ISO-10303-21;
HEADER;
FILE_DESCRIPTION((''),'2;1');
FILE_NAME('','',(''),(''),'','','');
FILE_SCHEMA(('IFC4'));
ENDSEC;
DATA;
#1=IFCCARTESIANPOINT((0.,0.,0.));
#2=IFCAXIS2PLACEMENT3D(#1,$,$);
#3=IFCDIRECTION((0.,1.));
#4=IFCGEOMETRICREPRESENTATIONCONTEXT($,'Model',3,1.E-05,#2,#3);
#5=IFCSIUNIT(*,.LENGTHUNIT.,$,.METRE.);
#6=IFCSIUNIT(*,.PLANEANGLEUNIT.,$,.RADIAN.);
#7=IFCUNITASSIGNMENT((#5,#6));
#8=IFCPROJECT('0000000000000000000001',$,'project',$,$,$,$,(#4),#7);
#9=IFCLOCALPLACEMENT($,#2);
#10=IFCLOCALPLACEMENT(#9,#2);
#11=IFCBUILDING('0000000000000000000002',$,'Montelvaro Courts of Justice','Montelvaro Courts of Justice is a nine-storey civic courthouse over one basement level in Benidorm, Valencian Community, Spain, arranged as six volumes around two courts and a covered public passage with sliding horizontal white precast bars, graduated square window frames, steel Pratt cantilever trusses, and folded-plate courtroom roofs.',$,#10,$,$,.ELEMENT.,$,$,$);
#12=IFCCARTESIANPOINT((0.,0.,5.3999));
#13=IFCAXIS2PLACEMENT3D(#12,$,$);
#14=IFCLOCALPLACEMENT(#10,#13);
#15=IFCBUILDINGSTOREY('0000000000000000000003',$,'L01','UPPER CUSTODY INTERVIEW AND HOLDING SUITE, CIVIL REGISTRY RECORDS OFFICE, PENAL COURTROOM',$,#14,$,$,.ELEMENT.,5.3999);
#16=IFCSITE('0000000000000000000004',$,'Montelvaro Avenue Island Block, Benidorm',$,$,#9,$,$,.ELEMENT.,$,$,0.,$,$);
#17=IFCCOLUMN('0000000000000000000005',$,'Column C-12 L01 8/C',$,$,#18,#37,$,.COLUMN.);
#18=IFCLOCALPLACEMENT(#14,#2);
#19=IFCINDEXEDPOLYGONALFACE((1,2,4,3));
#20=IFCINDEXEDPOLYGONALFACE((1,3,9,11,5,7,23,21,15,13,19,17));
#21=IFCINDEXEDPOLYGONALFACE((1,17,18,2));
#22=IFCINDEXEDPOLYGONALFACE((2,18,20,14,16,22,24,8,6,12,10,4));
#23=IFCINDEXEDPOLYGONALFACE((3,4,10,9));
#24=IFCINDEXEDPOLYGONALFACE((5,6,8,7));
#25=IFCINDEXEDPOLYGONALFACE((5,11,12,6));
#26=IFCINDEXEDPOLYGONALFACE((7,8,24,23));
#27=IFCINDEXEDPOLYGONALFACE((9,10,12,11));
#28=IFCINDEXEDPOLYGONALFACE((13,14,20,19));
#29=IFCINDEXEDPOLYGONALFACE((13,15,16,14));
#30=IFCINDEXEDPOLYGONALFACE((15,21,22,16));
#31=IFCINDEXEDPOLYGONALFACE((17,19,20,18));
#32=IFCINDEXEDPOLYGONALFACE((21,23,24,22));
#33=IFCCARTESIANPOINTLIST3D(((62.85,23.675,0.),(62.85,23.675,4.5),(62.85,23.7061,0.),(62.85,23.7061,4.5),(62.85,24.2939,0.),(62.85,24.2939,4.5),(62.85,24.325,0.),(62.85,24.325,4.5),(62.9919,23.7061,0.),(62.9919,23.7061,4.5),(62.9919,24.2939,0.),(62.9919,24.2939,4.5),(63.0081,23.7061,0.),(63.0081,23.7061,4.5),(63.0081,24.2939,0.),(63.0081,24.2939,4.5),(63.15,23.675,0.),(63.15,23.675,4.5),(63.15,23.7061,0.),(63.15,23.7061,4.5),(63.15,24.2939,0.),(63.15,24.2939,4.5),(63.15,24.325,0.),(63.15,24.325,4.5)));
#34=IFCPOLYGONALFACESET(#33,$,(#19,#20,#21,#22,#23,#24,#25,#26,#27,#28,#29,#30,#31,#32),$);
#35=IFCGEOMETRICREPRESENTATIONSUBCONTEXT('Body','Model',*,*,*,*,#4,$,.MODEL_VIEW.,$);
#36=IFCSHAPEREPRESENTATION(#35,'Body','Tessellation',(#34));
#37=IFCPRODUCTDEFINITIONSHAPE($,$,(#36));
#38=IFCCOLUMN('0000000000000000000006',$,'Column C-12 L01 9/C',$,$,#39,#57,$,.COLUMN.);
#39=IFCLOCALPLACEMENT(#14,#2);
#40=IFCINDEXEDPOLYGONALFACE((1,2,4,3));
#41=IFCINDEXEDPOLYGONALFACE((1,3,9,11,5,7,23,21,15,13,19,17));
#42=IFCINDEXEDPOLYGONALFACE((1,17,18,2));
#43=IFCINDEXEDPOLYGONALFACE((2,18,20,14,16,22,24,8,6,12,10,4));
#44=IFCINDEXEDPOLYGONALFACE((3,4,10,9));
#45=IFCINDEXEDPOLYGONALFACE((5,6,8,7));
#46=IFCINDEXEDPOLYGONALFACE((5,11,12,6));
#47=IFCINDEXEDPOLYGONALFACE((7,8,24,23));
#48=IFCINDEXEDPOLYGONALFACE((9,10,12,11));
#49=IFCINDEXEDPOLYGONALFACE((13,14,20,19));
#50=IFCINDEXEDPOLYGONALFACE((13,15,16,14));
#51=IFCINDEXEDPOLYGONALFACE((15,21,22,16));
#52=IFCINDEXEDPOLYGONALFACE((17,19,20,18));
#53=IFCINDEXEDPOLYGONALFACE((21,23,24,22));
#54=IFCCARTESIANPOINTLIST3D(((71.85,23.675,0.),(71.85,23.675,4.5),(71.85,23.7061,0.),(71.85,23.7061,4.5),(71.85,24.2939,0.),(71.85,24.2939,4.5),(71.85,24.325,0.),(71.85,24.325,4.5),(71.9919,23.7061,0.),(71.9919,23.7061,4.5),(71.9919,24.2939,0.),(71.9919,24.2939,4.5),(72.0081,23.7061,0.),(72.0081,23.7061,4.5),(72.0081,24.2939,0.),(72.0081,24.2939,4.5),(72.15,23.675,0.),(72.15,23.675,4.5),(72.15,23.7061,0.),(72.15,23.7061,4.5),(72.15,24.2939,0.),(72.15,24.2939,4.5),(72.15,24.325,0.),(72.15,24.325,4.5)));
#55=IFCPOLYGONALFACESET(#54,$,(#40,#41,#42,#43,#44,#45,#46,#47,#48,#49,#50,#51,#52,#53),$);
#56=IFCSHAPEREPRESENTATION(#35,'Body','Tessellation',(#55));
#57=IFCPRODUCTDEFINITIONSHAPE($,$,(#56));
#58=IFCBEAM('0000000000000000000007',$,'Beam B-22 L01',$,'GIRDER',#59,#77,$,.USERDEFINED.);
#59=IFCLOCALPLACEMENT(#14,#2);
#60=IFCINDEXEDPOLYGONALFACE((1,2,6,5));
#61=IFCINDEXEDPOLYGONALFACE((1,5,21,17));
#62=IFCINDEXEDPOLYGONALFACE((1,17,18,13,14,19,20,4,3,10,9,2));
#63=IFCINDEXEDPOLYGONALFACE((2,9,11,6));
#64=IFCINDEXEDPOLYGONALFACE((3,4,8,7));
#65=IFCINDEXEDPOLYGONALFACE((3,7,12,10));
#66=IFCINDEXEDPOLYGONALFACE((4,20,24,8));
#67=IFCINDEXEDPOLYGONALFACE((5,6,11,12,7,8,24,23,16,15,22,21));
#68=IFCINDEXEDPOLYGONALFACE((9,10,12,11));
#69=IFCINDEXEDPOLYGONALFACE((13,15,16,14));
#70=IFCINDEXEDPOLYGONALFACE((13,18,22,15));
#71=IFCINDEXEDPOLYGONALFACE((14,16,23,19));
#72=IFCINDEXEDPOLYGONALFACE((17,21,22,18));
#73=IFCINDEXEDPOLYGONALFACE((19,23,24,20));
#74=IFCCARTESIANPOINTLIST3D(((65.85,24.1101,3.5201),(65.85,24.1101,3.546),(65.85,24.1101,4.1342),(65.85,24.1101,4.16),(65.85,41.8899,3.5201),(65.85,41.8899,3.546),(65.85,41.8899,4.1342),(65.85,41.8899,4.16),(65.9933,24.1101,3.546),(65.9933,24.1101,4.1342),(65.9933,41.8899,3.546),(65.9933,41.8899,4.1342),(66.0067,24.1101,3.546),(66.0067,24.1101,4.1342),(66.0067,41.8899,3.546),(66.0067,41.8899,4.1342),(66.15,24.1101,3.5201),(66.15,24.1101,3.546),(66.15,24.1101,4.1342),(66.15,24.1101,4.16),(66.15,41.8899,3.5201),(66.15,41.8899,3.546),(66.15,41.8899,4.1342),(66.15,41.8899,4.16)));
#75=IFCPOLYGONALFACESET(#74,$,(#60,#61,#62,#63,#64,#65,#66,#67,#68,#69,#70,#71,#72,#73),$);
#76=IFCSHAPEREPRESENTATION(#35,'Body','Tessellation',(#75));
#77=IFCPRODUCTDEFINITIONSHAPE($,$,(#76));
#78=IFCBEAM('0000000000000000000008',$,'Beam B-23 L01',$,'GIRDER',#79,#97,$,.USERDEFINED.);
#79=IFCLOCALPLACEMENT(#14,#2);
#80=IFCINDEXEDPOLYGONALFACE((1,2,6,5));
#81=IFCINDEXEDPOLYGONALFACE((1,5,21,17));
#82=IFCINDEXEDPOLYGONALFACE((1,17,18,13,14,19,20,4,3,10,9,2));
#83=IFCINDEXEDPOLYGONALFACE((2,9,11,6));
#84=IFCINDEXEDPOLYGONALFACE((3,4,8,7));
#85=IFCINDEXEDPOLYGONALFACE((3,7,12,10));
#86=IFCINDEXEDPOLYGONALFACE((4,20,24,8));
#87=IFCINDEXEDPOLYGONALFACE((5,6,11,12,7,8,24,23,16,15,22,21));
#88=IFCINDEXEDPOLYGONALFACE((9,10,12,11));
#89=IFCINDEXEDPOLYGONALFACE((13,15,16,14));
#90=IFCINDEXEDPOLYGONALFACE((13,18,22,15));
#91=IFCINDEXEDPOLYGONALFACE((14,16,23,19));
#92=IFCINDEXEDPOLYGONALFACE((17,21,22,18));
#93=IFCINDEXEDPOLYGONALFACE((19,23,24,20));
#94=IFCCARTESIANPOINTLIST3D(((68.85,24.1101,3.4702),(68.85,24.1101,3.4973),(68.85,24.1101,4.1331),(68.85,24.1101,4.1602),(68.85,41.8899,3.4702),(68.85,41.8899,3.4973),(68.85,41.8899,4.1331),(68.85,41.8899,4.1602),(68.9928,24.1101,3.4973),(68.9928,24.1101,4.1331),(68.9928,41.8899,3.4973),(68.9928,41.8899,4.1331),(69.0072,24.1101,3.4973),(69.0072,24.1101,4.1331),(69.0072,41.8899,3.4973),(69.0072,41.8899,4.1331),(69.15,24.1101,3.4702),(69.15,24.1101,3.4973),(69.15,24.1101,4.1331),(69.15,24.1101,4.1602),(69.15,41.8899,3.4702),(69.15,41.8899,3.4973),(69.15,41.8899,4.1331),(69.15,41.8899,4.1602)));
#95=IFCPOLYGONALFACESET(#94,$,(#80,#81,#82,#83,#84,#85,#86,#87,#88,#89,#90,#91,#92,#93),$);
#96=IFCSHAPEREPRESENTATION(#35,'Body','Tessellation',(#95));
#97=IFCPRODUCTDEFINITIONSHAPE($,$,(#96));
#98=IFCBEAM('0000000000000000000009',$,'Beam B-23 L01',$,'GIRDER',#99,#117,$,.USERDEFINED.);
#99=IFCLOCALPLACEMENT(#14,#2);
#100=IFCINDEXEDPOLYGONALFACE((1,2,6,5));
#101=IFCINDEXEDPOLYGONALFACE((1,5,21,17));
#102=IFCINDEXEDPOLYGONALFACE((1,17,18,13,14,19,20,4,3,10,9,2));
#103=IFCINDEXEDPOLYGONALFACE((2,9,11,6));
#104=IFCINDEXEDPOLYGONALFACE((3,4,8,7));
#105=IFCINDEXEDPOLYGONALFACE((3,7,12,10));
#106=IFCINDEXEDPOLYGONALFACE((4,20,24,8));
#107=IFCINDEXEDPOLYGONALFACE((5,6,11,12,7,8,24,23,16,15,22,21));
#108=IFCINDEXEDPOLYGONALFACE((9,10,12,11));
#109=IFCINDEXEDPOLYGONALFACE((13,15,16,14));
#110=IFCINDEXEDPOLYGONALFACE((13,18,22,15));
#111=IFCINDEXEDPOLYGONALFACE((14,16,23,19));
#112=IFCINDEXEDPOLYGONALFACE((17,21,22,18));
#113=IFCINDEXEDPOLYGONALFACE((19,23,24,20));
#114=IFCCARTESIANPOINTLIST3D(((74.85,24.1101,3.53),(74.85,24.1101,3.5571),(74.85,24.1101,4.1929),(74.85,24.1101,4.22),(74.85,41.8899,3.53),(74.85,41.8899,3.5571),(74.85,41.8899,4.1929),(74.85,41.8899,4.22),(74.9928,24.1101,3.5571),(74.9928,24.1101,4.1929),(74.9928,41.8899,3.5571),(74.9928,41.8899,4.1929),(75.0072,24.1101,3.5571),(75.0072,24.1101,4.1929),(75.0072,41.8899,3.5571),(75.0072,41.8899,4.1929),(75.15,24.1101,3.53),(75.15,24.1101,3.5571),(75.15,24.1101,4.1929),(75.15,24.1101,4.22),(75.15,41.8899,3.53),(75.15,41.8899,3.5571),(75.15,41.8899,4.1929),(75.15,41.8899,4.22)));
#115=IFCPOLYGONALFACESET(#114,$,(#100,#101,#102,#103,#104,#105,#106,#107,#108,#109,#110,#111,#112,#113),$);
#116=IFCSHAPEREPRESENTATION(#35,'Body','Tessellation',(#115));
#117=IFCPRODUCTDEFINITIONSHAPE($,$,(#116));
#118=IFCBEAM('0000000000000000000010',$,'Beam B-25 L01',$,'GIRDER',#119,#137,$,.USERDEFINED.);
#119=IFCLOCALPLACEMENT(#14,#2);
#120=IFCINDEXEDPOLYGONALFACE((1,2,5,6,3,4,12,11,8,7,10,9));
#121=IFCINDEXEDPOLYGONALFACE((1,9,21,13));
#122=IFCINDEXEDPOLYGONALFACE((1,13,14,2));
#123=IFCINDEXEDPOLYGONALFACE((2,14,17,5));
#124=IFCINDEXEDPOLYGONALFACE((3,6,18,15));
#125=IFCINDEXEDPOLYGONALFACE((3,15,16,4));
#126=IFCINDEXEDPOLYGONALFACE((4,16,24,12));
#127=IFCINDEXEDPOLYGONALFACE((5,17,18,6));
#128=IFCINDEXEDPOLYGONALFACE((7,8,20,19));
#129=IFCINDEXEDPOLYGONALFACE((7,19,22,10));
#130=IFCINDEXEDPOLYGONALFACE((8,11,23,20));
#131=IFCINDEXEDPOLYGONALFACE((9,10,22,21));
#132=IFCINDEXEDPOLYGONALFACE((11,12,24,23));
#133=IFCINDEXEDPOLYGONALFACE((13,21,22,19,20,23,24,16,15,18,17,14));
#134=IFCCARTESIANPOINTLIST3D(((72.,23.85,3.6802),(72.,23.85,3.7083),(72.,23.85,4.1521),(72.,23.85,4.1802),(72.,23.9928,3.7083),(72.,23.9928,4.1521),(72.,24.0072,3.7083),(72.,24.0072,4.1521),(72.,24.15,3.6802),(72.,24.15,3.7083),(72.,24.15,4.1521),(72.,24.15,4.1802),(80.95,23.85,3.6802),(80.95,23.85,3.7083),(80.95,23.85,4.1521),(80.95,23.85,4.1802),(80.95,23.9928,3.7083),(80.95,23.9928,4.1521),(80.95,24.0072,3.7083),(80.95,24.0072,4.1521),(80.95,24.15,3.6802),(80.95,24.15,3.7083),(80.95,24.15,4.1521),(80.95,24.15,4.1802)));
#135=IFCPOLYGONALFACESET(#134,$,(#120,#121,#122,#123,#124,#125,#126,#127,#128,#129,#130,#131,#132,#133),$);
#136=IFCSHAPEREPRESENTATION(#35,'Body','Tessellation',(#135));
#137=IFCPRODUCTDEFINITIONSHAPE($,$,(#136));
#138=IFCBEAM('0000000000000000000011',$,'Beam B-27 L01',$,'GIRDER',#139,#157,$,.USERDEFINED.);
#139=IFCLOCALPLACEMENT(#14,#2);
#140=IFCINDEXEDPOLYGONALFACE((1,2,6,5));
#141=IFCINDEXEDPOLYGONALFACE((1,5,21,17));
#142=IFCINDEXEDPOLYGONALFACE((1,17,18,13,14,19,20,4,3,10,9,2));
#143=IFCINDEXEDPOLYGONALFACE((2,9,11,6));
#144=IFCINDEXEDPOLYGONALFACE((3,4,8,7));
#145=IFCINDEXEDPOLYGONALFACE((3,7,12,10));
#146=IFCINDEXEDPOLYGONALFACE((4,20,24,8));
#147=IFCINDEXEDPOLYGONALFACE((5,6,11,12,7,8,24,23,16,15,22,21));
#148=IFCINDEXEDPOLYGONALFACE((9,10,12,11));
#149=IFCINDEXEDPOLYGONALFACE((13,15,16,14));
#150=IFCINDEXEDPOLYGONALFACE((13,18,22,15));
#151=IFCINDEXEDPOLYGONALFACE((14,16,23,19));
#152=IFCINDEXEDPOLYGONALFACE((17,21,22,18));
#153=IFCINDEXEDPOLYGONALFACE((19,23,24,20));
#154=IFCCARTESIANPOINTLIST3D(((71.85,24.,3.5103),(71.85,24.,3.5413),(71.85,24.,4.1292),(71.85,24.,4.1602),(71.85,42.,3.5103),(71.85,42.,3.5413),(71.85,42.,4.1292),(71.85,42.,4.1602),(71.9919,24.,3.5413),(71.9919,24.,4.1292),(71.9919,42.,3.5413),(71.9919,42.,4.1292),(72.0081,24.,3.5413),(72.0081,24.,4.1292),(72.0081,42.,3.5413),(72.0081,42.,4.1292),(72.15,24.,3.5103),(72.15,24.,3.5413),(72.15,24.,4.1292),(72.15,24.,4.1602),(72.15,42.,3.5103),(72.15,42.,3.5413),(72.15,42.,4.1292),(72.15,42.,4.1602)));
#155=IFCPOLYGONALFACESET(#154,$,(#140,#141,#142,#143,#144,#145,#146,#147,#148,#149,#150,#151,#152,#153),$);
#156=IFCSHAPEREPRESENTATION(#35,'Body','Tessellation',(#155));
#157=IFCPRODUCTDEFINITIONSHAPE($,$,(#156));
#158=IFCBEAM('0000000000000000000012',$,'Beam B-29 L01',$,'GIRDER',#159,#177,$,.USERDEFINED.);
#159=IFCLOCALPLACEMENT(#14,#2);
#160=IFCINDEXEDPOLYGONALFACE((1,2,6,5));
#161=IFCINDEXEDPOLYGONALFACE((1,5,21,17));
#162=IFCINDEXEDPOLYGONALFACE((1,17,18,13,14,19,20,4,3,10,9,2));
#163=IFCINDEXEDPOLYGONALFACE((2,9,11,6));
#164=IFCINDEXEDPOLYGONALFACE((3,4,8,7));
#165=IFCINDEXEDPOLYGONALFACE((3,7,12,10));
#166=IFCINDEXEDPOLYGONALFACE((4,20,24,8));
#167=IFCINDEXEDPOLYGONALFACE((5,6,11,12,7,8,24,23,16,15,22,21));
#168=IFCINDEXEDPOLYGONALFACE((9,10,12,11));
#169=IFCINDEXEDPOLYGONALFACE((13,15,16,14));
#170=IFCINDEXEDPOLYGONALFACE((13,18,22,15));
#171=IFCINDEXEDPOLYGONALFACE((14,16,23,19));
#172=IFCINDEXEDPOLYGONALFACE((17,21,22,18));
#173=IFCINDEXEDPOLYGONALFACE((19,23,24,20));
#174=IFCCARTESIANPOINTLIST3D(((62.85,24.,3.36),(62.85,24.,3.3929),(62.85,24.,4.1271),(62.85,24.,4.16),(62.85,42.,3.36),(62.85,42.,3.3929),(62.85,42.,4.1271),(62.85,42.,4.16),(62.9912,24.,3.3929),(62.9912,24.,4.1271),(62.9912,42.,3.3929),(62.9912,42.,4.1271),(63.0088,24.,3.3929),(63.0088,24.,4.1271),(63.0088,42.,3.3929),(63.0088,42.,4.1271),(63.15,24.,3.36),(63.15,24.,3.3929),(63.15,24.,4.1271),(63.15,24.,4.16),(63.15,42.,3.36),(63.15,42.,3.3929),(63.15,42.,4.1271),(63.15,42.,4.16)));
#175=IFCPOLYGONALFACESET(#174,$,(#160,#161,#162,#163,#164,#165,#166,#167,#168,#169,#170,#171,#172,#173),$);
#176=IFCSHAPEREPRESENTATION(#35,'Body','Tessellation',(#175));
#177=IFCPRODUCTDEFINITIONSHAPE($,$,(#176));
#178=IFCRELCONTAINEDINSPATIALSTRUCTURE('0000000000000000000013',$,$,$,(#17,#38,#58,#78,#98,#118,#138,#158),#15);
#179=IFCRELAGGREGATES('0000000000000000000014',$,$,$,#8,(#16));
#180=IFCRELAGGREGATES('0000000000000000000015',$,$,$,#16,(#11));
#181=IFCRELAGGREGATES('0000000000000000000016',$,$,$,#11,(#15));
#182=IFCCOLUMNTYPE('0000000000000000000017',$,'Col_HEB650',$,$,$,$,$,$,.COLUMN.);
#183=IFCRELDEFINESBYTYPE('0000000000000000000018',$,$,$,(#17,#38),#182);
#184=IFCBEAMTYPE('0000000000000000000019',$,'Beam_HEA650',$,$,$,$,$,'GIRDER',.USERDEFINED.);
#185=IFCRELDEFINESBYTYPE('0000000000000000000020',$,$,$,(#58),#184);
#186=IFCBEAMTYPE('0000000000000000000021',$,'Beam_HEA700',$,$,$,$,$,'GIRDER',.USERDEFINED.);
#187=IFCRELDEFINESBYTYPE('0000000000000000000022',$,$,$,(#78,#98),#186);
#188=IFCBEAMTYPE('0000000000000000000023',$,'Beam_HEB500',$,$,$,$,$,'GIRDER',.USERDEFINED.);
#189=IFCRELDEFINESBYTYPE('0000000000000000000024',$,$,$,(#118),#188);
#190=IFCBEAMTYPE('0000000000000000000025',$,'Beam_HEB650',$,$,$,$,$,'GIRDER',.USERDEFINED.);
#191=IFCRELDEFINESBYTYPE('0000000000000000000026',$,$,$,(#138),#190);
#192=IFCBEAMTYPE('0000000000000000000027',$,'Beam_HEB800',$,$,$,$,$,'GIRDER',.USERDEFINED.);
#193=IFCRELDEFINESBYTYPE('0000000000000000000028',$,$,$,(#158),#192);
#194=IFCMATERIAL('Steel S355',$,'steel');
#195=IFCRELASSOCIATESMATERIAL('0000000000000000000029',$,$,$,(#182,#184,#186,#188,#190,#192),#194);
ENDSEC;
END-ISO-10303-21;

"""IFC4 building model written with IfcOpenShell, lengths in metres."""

from ifc_helpers import new_model, si_unit, direction, frame, origin, origin_2d, place, context, subcontext, project, spatial, i_section, extrude, material, material_profile, profile_set, type_object, element, save


model = new_model("IFC4")

# Units and contexts
model_context = context("Model", 3, precision=1e-05, world=origin(), true_north=direction((0.0, 1.0)))
body_context = subcontext(model_context, "Body", "Model", "MODEL_VIEW")
ifc_project = project(units=[si_unit("LENGTHUNIT", "METRE"), si_unit("PLANEANGLEUNIT", "RADIAN")], contexts=[model_context])

# Site, building, storey
site_placement = place(None, origin())
site = spatial("IfcSite", under=ifc_project, at=site_placement, Name="Montelvaro Avenue Island Block, Benidorm", CompositionType="ELEMENT", RefElevation=0.0)
building_placement = place(site_placement, origin())
building = spatial("IfcBuilding", under=site, at=building_placement, Name="Montelvaro Courts of Justice", Description="Montelvaro Courts of Justice is a nine-storey civic courthouse over one basement level in Benidorm, Valencian Community, Spain, arranged as six volumes around two courts and a covered public passage with sliding horizontal white precast bars, graduated square window frames, steel Pratt cantilever trusses, and folded-plate courtroom roofs.", CompositionType="ELEMENT")
storey_placement = place(building_placement, frame((0.0, 0.0, 5.3999)))
storey = spatial("IfcBuildingStorey", under=building, at=storey_placement, Name="L01", Description="UPPER CUSTODY INTERVIEW AND HOLDING SUITE, CIVIL REGISTRY RECORDS OFFICE, PENAL COURTROOM", CompositionType="ELEMENT", Elevation=5.3999)

# Columns
ifc_material_1 = material(Name="Steel S355", Category="steel")
ifc_material_profile_1 = material_profile(ifc_material_1, i_section(OverallWidth=0.3, OverallDepth=0.6499, WebThickness=0.0161, FlangeThickness=0.031, at=origin_2d()), Name="HEB 650")
ifc_profile_set_1 = profile_set([ifc_material_profile_1], Name="Steel S355")
column_type = type_object("IfcColumnType", Name="Col_HEB650", PredefinedType="COLUMN", material=ifc_profile_set_1)
for number, where, z_axis, x_axis, name in (
    (1, (63.0, 24.0, 0.0), (0.0, 0.0, 1.0), (1.0, 0.0, 0.0), "Column C-12 L01 8/C"),
    (2, (72.0, 24.0, 0.0), (0.0, 0.0, 1.0), (1.0, 0.0, 0.0), "Column C-12 L01 9/C"),
):
    element("IfcColumn", number, at=place(storey_placement, frame(where, z_axis=z_axis, x_axis=x_axis)), inside=storey, type_object=column_type, Name=name, PredefinedType="COLUMN", context=body_context, shape_type="SweptSolid", body=[
        extrude(i_section(OverallWidth=0.3, OverallDepth=0.6499, WebThickness=0.0161, FlangeThickness=0.031, at=origin_2d()), origin(), (0.0, 0.0, 1.0), 4.5),
    ])

# Beams
ifc_material_profile_2 = material_profile(ifc_material_1, i_section(OverallWidth=0.3, OverallDepth=0.6399, WebThickness=0.0134, FlangeThickness=0.0259, at=origin_2d()), Name="HEA 650")
ifc_profile_set_2 = profile_set([ifc_material_profile_2], Name="Steel S355")
beam_type_1 = type_object("IfcBeamType", Name="Beam_HEA650", ElementType="GIRDER", PredefinedType="USERDEFINED", material=ifc_profile_set_2)
beam_1_placement = place(storey_placement, frame((66.0, 24.1101, 3.8401), z_axis=(0.0, 1.0, 0.0), x_axis=(-1.0, 0.0, 0.0)))
element("IfcBeam", 3, at=beam_1_placement, inside=storey, type_object=beam_type_1, Name="Beam B-22 L01", ObjectType="GIRDER", PredefinedType="USERDEFINED", context=body_context, shape_type="SweptSolid", body=[
    extrude(i_section(OverallWidth=0.3, OverallDepth=0.6399, WebThickness=0.0134, FlangeThickness=0.0259, at=origin_2d()), origin(), (0.0, 0.0, 1.0), 17.7798),
])
ifc_material_profile_3 = material_profile(ifc_material_1, i_section(OverallWidth=0.3, OverallDepth=0.6899, WebThickness=0.0144, FlangeThickness=0.0271, at=origin_2d()), Name="HEA 700")
ifc_profile_set_3 = profile_set([ifc_material_profile_3], Name="Steel S355")
beam_type_2 = type_object("IfcBeamType", Name="Beam_HEA700", ElementType="GIRDER", PredefinedType="USERDEFINED", material=ifc_profile_set_3)
for number, where, z_axis, x_axis, name in (
    (4, (69.0, 24.1101, 3.8152), (0.0, 1.0, 0.0), (-1.0, 0.0, 0.0), "Beam B-23 L01"),
    (5, (75.0, 24.1101, 3.875), (0.0, 1.0, 0.0), (-1.0, 0.0, 0.0), "Beam B-23 L01"),
):
    element("IfcBeam", number, at=place(storey_placement, frame(where, z_axis=z_axis, x_axis=x_axis)), inside=storey, type_object=beam_type_2, Name=name, ObjectType="GIRDER", PredefinedType="USERDEFINED", context=body_context, shape_type="SweptSolid", body=[
        extrude(i_section(OverallWidth=0.3, OverallDepth=0.6899, WebThickness=0.0144, FlangeThickness=0.0271, at=origin_2d()), origin(), (0.0, 0.0, 1.0), 17.7798),
    ])
ifc_material_profile_4 = material_profile(ifc_material_1, i_section(OverallWidth=0.3, OverallDepth=0.5, WebThickness=0.0144, FlangeThickness=0.0281, at=origin_2d()), Name="HEB 500")
ifc_profile_set_4 = profile_set([ifc_material_profile_4], Name="Steel S355")
beam_type_3 = type_object("IfcBeamType", Name="Beam_HEB500", ElementType="GIRDER", PredefinedType="USERDEFINED", material=ifc_profile_set_4)
beam_2_placement = place(storey_placement, frame((72.0, 24.0, 3.9302), z_axis=(1.0, 0.0, 0.0), x_axis=(0.0, 1.0, 0.0)))
element("IfcBeam", 6, at=beam_2_placement, inside=storey, type_object=beam_type_3, Name="Beam B-25 L01", ObjectType="GIRDER", PredefinedType="USERDEFINED", context=body_context, shape_type="SweptSolid", body=[
    extrude(i_section(OverallWidth=0.3, OverallDepth=0.5, WebThickness=0.0144, FlangeThickness=0.0281, at=origin_2d()), origin(), (0.0, 0.0, 1.0), 8.95),
])
ifc_material_profile_5 = material_profile(ifc_material_1, i_section(OverallWidth=0.3, OverallDepth=0.6499, WebThickness=0.0161, FlangeThickness=0.031, at=origin_2d()), Name="HEB 650")
ifc_profile_set_5 = profile_set([ifc_material_profile_5], Name="Steel S355")
beam_type_4 = type_object("IfcBeamType", Name="Beam_HEB650", ElementType="GIRDER", PredefinedType="USERDEFINED", material=ifc_profile_set_5)
beam_3_placement = place(storey_placement, frame((72.0, 24.0, 3.8352), z_axis=(0.0, 1.0, 0.0), x_axis=(-1.0, 0.0, 0.0)))
element("IfcBeam", 7, at=beam_3_placement, inside=storey, type_object=beam_type_4, Name="Beam B-27 L01", ObjectType="GIRDER", PredefinedType="USERDEFINED", context=body_context, shape_type="SweptSolid", body=[
    extrude(i_section(OverallWidth=0.3, OverallDepth=0.6499, WebThickness=0.0161, FlangeThickness=0.031, at=origin_2d()), origin(), (0.0, 0.0, 1.0), 18.0),
])
ifc_material_profile_6 = material_profile(ifc_material_1, i_section(OverallWidth=0.3, OverallDepth=0.8, WebThickness=0.0176, FlangeThickness=0.033, at=origin_2d()), Name="HEB 800")
ifc_profile_set_6 = profile_set([ifc_material_profile_6], Name="Steel S355")
beam_type_5 = type_object("IfcBeamType", Name="Beam_HEB800", ElementType="GIRDER", PredefinedType="USERDEFINED", material=ifc_profile_set_6)
beam_4_placement = place(storey_placement, frame((63.0, 24.0, 3.76), z_axis=(0.0, 1.0, 0.0), x_axis=(-1.0, 0.0, 0.0)))
element("IfcBeam", 8, at=beam_4_placement, inside=storey, type_object=beam_type_5, Name="Beam B-29 L01", ObjectType="GIRDER", PredefinedType="USERDEFINED", context=body_context, shape_type="SweptSolid", body=[
    extrude(i_section(OverallWidth=0.3, OverallDepth=0.8, WebThickness=0.0176, FlangeThickness=0.033, at=origin_2d()), origin(), (0.0, 0.0, 1.0), 18.0),
])

save(model, "model.ifc")
